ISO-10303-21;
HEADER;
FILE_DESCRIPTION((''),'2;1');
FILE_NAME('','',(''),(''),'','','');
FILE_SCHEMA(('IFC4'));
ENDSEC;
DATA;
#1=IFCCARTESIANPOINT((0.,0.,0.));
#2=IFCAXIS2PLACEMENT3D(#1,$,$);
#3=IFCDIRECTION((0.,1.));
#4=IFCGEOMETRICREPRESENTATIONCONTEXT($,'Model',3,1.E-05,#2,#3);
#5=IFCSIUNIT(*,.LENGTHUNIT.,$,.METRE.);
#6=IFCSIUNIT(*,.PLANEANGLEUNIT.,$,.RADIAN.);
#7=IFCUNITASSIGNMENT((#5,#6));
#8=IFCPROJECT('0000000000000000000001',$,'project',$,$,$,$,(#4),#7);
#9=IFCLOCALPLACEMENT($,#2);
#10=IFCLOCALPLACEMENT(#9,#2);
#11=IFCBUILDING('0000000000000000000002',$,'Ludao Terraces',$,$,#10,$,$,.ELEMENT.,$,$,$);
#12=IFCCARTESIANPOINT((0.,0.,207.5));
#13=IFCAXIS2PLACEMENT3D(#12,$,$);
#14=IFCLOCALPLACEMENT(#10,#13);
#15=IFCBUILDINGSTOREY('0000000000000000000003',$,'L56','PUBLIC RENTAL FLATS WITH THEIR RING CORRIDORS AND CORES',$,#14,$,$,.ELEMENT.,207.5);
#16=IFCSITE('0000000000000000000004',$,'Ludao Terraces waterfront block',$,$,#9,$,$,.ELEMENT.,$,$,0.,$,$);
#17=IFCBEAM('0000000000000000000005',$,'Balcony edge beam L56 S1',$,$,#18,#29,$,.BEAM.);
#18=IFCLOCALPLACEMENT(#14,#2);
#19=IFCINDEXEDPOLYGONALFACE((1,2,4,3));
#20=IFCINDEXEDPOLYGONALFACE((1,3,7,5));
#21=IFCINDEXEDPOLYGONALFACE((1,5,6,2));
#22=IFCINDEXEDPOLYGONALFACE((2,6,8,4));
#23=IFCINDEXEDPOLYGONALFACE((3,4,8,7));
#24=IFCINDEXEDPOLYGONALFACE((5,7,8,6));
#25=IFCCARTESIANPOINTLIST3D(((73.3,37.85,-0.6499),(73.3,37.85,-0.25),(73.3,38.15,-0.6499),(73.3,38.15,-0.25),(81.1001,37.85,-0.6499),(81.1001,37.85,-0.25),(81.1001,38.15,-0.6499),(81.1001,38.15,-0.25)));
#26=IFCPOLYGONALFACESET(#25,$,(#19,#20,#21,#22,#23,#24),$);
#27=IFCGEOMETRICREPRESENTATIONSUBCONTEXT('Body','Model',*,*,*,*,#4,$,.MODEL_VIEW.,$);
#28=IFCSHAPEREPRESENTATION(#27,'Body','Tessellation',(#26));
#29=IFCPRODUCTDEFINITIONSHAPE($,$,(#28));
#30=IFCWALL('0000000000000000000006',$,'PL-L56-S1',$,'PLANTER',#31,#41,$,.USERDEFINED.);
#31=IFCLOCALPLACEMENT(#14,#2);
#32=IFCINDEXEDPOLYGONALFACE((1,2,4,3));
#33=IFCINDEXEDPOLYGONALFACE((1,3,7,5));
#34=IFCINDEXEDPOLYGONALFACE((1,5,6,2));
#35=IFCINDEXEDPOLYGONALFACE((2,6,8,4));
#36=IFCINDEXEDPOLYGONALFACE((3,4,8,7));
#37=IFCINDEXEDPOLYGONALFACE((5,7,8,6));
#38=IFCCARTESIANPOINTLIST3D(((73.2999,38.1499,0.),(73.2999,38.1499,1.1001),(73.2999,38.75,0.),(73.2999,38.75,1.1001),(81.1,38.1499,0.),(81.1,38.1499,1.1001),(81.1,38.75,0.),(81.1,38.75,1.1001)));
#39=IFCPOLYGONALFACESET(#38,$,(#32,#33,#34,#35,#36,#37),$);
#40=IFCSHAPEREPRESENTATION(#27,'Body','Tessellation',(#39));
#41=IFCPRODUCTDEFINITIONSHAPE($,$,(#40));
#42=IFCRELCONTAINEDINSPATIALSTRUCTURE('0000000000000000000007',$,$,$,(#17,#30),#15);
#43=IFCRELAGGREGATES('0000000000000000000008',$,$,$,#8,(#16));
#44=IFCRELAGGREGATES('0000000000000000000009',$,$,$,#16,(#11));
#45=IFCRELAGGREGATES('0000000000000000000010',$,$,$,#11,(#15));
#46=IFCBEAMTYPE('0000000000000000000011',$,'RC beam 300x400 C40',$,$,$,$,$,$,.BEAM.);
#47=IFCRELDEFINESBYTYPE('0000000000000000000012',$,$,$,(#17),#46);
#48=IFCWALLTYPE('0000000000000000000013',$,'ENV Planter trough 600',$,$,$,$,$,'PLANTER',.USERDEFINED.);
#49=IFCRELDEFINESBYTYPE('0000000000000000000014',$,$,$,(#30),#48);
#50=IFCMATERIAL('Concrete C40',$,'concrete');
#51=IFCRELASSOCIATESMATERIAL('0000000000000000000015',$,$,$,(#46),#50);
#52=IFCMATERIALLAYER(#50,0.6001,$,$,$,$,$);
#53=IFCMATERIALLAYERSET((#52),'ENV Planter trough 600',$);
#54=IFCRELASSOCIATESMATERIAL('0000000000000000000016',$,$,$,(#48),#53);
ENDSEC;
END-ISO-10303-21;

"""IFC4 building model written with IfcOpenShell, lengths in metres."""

from ifc_helpers import new_model, si_unit, direction, frame, frame_2d, origin, origin_2d, place, context, subcontext, project, spatial, rectangle, extrude, material, layer, layer_set, material_profile, profile_set, type_object, element, save


model = new_model("IFC4")

# Units and contexts
model_context = context("Model", 3, precision=1e-05, world=origin(), true_north=direction((0.0, 1.0)))
body_context = subcontext(model_context, "Body", "Model", "MODEL_VIEW")
ifc_project = project(units=[si_unit("LENGTHUNIT", "METRE"), si_unit("PLANEANGLEUNIT", "RADIAN")], contexts=[model_context])

# Site, building, storey
site_placement = place(None, origin())
site = spatial("IfcSite", under=ifc_project, at=site_placement, Name="Ludao Terraces waterfront block", CompositionType="ELEMENT", RefElevation=0.0)
building_placement = place(site_placement, origin())
building = spatial("IfcBuilding", under=site, at=building_placement, Name="Ludao Terraces", CompositionType="ELEMENT")
storey_placement = place(building_placement, frame((0.0, 0.0, 207.5)))
storey = spatial("IfcBuildingStorey", under=building, at=storey_placement, Name="L56", Description="PUBLIC RENTAL FLATS WITH THEIR RING CORRIDORS AND CORES", CompositionType="ELEMENT", Elevation=207.5)

# Beam
ifc_material_1 = material(Name="Concrete C40", Category="concrete")
ifc_material_profile = material_profile(ifc_material_1, rectangle(XDim=0.3, YDim=0.3999, at=origin_2d()), Name="300 X 400")
ifc_profile_set = profile_set([ifc_material_profile], Name="Concrete C40")
beam_type = type_object("IfcBeamType", Name="RC beam 300x400 C40", PredefinedType="BEAM", material=ifc_profile_set)
beam_placement = place(storey_placement, frame((73.3, 38.0, -0.45), z_axis=(1.0, 0.0, 0.0), x_axis=(0.0, 1.0, 0.0)))
element("IfcBeam", 1, at=beam_placement, inside=storey, type_object=beam_type, Name="Balcony edge beam L56 S1", PredefinedType="BEAM", context=body_context, shape_type="SweptSolid", body=[
    extrude(rectangle(XDim=0.3, YDim=0.3999, at=origin_2d()), origin(), (0.0, 0.0, 1.0), 7.8),
])

# Wall
ifc_layer_1 = layer(ifc_material_1, 0.6001)
ifc_layer_set_1 = layer_set([ifc_layer_1], Name="ENV Planter trough 600")
wall_type_1 = type_object("IfcWallType", Name="ENV Planter trough 600", ElementType="PLANTER", PredefinedType="USERDEFINED", material=ifc_layer_set_1)
wall_1_placement = place(storey_placement, frame((73.3, 38.45, 0.0), z_axis=(0.0, 0.0, 1.0), x_axis=(1.0, 0.0, 0.0)))
element("IfcWall", 2, at=wall_1_placement, inside=storey, type_object=wall_type_1, Name="PL-L56-S1", ObjectType="PLANTER", PredefinedType="USERDEFINED", context=body_context, shape_type="SweptSolid", body=[
    extrude(rectangle(XDim=7.8, YDim=0.6001, at=frame_2d((3.8999, 0.0))), origin(), (0.0, 0.0, 1.0), 1.1001),
])

save(model, "model.ifc")
